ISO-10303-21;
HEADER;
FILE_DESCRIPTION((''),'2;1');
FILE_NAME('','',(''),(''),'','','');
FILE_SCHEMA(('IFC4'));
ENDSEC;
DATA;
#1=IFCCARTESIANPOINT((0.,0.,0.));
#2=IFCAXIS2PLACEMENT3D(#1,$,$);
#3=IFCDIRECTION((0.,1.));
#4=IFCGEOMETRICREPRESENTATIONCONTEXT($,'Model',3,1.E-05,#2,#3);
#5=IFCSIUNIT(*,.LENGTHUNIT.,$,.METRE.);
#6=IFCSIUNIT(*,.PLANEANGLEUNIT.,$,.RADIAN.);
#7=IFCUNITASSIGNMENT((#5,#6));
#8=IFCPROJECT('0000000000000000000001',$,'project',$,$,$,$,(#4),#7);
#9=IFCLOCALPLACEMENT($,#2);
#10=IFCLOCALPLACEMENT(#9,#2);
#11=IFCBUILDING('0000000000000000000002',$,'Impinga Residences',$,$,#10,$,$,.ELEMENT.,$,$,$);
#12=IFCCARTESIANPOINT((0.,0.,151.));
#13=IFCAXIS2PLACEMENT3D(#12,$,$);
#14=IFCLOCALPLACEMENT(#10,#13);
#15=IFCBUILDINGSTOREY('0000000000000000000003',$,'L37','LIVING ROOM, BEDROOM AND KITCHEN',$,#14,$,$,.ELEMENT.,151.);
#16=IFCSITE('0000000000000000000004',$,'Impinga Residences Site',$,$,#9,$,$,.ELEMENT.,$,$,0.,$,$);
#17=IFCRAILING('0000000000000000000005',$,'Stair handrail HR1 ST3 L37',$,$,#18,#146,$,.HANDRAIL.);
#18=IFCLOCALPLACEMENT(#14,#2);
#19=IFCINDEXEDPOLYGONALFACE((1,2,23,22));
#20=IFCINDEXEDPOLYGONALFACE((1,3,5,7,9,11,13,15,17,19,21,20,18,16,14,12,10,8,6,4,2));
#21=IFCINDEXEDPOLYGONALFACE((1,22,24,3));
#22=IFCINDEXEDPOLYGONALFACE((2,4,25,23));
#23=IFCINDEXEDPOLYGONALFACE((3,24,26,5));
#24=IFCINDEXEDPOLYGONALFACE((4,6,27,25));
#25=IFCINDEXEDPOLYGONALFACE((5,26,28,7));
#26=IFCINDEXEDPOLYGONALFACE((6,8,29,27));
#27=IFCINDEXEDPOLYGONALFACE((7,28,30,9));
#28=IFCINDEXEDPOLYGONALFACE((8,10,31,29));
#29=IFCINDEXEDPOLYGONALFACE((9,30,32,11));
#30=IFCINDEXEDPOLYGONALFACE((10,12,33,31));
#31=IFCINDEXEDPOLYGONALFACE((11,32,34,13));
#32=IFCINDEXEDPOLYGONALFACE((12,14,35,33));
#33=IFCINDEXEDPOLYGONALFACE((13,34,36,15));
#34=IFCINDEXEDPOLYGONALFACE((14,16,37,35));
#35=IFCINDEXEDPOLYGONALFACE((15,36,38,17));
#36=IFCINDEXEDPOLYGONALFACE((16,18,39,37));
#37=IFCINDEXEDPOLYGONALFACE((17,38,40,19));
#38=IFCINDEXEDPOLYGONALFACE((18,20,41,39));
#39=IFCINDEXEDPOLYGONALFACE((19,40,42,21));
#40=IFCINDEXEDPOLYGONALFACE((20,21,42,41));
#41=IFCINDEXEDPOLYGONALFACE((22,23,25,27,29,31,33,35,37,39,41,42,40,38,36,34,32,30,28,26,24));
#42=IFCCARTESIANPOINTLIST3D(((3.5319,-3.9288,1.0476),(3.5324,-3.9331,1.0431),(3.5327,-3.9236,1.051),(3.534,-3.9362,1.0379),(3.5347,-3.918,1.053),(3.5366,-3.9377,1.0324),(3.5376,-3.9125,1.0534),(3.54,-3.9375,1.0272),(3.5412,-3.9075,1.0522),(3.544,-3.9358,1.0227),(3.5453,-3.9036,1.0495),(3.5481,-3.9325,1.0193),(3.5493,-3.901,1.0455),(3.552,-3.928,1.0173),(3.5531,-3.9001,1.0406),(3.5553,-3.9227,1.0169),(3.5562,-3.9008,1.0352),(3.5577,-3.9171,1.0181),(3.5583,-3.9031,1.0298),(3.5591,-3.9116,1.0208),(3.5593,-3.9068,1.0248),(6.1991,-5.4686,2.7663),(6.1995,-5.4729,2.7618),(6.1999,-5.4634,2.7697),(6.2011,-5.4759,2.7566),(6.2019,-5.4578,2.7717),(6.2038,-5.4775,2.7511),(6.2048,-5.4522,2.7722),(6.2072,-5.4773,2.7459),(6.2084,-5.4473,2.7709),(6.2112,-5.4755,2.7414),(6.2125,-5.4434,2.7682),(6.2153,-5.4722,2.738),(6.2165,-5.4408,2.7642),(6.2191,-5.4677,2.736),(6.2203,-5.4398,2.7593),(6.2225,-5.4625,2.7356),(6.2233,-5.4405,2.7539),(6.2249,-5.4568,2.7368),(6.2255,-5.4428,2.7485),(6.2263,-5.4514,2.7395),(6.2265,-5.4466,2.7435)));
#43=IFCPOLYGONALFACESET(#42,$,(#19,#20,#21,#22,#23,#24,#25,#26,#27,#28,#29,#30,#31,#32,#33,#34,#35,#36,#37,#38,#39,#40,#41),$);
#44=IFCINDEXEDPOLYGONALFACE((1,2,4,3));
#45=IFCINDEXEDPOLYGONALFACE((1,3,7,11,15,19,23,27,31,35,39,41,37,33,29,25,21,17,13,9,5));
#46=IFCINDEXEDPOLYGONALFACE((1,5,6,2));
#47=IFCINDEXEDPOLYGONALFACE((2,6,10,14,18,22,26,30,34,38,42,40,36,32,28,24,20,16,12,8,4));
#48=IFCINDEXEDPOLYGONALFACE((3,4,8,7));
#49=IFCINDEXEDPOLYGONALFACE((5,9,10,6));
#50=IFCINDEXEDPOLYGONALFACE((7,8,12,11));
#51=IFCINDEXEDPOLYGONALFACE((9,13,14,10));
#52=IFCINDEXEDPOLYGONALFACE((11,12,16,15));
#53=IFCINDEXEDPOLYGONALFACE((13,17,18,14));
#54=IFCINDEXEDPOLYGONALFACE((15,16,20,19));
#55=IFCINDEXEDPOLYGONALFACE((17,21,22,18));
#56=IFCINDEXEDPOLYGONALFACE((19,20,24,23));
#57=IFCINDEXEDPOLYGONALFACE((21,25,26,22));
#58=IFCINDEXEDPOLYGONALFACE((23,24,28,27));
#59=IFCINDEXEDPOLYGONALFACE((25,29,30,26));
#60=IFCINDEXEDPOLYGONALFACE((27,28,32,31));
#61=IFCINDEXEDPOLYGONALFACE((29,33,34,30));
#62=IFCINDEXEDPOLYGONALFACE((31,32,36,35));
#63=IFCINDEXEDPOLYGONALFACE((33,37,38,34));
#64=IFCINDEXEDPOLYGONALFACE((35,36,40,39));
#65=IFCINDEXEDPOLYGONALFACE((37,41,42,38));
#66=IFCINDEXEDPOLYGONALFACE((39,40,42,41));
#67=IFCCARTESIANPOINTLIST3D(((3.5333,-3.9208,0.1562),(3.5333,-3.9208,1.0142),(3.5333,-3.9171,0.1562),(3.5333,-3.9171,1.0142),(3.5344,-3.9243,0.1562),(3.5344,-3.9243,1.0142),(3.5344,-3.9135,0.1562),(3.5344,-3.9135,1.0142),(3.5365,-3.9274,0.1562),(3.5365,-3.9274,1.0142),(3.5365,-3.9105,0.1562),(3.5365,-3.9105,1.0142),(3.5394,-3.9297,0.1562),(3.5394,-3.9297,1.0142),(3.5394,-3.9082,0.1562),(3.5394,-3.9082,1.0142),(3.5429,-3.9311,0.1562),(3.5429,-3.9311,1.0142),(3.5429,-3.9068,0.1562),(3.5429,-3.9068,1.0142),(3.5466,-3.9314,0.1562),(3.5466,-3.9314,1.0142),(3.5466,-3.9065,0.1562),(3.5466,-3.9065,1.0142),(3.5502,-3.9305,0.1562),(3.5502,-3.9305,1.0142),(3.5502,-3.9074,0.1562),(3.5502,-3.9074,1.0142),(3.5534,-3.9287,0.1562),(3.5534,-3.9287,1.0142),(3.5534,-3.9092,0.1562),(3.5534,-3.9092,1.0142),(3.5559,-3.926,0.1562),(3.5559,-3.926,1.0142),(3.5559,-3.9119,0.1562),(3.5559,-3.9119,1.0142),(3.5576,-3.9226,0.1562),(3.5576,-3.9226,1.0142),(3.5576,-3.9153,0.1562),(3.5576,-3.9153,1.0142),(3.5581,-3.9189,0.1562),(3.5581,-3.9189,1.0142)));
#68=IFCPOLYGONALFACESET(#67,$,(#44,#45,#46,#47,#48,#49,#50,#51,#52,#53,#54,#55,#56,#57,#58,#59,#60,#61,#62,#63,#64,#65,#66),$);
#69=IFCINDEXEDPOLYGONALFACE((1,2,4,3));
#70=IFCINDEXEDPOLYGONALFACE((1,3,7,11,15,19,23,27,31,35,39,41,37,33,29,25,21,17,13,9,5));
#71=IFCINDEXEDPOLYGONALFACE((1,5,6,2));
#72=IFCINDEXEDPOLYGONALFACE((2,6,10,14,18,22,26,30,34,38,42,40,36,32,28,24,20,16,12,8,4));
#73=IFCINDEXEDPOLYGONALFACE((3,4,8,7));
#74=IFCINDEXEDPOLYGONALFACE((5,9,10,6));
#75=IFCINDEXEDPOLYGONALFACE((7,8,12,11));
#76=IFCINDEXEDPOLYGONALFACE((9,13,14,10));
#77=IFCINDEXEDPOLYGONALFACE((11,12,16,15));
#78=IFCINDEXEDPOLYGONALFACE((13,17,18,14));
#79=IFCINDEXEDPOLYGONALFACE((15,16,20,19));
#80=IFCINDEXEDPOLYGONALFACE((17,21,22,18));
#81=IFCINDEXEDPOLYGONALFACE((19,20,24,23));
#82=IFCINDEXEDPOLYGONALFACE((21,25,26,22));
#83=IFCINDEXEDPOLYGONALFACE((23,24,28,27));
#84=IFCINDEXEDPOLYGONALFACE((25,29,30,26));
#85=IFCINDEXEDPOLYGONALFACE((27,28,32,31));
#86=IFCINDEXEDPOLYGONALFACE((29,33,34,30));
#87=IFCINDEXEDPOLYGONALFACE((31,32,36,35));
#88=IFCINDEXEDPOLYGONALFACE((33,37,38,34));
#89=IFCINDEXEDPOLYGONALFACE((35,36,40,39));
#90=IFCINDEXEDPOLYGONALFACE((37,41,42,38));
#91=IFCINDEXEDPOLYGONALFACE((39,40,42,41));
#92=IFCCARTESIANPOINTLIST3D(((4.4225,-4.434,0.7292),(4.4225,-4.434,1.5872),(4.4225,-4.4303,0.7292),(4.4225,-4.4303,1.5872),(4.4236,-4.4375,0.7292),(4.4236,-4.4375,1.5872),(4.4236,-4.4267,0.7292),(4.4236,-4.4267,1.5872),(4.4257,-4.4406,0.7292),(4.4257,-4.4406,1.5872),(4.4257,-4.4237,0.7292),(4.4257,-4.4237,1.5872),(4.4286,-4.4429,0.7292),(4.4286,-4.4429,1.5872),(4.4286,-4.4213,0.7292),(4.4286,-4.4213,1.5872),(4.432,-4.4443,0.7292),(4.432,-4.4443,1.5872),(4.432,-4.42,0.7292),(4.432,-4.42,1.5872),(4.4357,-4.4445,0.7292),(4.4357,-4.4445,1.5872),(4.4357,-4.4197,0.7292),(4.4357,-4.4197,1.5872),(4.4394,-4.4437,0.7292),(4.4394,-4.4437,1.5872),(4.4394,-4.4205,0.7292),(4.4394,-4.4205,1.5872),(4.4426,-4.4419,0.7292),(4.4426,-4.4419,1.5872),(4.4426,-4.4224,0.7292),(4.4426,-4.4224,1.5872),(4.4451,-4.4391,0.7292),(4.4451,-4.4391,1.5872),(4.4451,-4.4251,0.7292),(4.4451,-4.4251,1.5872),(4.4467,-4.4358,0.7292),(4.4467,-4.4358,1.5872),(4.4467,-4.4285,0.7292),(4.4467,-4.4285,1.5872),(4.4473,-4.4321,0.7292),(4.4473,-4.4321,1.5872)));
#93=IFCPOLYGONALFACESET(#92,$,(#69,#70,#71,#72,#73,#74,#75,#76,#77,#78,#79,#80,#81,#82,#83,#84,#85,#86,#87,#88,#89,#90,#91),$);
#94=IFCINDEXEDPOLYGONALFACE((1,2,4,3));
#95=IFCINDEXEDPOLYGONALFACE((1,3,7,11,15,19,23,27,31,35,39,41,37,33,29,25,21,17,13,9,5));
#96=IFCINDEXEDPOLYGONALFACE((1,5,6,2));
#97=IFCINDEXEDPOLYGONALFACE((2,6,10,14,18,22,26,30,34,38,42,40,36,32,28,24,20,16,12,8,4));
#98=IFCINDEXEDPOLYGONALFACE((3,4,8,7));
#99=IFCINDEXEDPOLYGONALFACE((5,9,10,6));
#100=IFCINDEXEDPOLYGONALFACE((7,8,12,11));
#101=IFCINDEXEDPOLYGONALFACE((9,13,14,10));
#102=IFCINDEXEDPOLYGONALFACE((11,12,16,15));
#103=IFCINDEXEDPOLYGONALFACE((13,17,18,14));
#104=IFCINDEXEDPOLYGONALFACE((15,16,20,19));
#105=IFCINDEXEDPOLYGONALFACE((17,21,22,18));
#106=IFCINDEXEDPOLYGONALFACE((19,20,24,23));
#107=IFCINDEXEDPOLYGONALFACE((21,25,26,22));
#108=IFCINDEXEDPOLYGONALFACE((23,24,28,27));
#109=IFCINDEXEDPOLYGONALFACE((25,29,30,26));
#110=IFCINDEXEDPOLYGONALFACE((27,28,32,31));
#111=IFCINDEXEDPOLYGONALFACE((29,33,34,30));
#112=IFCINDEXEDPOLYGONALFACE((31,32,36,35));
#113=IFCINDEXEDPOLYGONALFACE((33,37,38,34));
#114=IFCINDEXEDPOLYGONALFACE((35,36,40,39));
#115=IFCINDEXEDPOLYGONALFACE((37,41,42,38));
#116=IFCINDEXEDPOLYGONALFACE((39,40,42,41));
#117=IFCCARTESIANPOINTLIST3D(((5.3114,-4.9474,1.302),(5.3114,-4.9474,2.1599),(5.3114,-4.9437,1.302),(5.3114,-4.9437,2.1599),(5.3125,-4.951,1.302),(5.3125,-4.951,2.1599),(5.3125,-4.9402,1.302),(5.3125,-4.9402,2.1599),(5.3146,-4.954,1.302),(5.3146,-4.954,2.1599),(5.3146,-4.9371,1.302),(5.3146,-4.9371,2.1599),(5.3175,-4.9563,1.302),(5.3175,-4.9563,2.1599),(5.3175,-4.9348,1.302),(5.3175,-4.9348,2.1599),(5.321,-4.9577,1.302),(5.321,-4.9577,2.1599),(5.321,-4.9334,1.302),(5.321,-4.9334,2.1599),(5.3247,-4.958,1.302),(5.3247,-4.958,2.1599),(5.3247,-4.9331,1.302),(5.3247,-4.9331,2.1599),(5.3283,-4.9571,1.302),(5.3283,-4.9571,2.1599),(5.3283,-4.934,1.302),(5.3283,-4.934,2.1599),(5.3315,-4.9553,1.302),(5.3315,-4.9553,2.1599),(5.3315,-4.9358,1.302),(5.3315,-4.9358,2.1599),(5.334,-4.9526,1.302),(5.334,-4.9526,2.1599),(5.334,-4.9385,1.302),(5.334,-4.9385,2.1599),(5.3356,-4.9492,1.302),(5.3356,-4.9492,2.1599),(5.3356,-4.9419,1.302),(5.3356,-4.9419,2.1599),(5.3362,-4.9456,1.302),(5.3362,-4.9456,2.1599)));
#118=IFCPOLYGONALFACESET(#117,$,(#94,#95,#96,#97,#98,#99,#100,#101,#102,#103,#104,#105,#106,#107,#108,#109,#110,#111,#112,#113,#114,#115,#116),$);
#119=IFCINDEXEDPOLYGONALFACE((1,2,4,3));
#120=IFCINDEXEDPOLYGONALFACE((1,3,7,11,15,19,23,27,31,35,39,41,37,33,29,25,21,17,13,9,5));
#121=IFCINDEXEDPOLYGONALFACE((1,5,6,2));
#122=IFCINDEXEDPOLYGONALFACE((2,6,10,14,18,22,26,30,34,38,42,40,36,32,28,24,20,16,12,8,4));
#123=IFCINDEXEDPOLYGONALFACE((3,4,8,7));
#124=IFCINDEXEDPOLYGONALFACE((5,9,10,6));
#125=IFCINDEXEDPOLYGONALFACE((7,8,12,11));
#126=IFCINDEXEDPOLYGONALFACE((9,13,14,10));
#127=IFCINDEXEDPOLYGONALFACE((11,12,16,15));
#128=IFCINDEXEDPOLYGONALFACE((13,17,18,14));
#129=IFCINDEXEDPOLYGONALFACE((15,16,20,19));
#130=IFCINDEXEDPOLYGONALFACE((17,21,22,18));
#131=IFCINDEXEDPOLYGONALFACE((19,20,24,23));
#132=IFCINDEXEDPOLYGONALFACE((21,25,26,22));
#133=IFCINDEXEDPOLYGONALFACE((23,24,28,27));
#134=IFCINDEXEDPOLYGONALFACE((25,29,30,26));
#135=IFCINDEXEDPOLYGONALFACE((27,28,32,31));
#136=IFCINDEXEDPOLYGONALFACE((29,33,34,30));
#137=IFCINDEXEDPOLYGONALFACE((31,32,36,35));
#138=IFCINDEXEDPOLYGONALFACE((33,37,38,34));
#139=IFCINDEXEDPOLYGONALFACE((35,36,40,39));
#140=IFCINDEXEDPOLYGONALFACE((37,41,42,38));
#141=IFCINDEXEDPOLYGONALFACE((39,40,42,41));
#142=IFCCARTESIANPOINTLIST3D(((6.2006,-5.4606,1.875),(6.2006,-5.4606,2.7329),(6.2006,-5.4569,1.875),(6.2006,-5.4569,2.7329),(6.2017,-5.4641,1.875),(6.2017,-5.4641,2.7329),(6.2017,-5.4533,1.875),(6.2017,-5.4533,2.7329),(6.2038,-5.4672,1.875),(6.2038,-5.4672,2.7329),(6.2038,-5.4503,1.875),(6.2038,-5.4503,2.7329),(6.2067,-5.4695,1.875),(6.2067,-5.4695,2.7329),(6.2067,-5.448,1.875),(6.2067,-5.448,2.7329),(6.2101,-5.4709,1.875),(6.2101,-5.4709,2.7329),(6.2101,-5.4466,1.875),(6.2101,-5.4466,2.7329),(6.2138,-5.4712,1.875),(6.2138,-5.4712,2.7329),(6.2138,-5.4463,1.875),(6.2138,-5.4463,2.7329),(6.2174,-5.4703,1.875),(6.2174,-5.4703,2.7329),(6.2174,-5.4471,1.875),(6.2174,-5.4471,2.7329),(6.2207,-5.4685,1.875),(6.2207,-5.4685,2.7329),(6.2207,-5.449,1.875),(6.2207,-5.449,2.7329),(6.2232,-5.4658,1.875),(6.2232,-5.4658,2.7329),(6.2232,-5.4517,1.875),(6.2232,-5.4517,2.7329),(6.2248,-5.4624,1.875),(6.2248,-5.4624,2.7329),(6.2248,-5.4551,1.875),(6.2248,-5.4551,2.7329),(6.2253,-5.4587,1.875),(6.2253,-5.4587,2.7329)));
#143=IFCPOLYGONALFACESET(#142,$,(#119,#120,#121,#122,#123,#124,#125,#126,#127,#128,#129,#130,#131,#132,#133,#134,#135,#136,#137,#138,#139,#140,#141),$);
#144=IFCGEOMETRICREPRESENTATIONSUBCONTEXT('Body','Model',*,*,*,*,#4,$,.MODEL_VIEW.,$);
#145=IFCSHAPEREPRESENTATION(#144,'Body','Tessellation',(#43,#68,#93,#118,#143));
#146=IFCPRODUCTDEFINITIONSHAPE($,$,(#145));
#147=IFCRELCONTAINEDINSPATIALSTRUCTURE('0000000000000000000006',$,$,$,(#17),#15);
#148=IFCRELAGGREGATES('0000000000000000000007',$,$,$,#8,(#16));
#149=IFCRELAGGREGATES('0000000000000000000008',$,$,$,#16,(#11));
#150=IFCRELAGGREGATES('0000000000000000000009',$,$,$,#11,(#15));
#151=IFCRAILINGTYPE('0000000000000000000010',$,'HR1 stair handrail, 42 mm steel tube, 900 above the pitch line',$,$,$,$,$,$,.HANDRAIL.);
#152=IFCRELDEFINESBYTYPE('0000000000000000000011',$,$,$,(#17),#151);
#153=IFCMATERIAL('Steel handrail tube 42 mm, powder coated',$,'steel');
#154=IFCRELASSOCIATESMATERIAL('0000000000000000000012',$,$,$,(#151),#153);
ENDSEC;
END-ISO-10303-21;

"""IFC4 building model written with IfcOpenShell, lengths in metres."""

from ifc_helpers import new_model, si_unit, direction, frame, origin, origin_2d, place, context, subcontext, project, spatial, circle, extrude, material, type_object, element, save


model = new_model("IFC4")

# Units and contexts
model_context = context("Model", 3, precision=1e-05, world=origin(), true_north=direction((0.0, 1.0)))
body_context = subcontext(model_context, "Body", "Model", "MODEL_VIEW")
ifc_project = project(units=[si_unit("LENGTHUNIT", "METRE"), si_unit("PLANEANGLEUNIT", "RADIAN")], contexts=[model_context])

# Site, building, storey
site_placement = place(None, origin())
site = spatial("IfcSite", under=ifc_project, at=site_placement, Name="Impinga Residences Site", CompositionType="ELEMENT", RefElevation=0.0)
building_placement = place(site_placement, origin())
building = spatial("IfcBuilding", under=site, at=building_placement, Name="Impinga Residences", CompositionType="ELEMENT")
storey_placement = place(building_placement, frame((0.0, 0.0, 151.0)))
storey = spatial("IfcBuildingStorey", under=building, at=storey_placement, Name="L37", Description="LIVING ROOM, BEDROOM AND KITCHEN", CompositionType="ELEMENT", Elevation=151.0)

# Railing
ifc_material_1 = material(Name="Steel handrail tube 42 mm, powder coated", Category="steel")
railing_type_1 = type_object("IfcRailingType", Name="HR1 stair handrail, 42 mm steel tube, 900 above the pitch line", PredefinedType="HANDRAIL", material=ifc_material_1)
railing_1_placement = place(storey_placement, frame((3.5457, -3.9189, 0.1562)))
element("IfcRailing", 1, at=railing_1_placement, inside=storey, type_object=railing_type_1, Name="Stair handrail HR1 ST3 L37", PredefinedType="HANDRAIL", context=body_context, shape_type="SweptSolid", body=[
    extrude(circle(Radius=0.021, at=origin_2d()), frame((0.0, 0.0, 0.8789), z_axis=(0.756249, -0.436582, 0.487322), x_axis=(0.499967, 0.866044, 0.0)), (0.0, 0.0, 1.0), 3.5269),
    extrude(circle(Radius=0.0125, at=origin_2d()), origin(), (0.0, 0.0, 1.0), 0.8579),
    extrude(circle(Radius=0.0125, at=origin_2d()), frame((0.8892, -0.5132, 0.573)), (0.0, 0.0, 1.0), 0.8579),
    extrude(circle(Radius=0.0125, at=origin_2d()), frame((1.7781, -1.0266, 1.1458)), (0.0, 0.0, 1.0), 0.8579),
    extrude(circle(Radius=0.0125, at=origin_2d()), frame((2.6672, -1.5398, 1.7188)), (0.0, 0.0, 1.0), 0.8579),
])

save(model, "model.ifc")
